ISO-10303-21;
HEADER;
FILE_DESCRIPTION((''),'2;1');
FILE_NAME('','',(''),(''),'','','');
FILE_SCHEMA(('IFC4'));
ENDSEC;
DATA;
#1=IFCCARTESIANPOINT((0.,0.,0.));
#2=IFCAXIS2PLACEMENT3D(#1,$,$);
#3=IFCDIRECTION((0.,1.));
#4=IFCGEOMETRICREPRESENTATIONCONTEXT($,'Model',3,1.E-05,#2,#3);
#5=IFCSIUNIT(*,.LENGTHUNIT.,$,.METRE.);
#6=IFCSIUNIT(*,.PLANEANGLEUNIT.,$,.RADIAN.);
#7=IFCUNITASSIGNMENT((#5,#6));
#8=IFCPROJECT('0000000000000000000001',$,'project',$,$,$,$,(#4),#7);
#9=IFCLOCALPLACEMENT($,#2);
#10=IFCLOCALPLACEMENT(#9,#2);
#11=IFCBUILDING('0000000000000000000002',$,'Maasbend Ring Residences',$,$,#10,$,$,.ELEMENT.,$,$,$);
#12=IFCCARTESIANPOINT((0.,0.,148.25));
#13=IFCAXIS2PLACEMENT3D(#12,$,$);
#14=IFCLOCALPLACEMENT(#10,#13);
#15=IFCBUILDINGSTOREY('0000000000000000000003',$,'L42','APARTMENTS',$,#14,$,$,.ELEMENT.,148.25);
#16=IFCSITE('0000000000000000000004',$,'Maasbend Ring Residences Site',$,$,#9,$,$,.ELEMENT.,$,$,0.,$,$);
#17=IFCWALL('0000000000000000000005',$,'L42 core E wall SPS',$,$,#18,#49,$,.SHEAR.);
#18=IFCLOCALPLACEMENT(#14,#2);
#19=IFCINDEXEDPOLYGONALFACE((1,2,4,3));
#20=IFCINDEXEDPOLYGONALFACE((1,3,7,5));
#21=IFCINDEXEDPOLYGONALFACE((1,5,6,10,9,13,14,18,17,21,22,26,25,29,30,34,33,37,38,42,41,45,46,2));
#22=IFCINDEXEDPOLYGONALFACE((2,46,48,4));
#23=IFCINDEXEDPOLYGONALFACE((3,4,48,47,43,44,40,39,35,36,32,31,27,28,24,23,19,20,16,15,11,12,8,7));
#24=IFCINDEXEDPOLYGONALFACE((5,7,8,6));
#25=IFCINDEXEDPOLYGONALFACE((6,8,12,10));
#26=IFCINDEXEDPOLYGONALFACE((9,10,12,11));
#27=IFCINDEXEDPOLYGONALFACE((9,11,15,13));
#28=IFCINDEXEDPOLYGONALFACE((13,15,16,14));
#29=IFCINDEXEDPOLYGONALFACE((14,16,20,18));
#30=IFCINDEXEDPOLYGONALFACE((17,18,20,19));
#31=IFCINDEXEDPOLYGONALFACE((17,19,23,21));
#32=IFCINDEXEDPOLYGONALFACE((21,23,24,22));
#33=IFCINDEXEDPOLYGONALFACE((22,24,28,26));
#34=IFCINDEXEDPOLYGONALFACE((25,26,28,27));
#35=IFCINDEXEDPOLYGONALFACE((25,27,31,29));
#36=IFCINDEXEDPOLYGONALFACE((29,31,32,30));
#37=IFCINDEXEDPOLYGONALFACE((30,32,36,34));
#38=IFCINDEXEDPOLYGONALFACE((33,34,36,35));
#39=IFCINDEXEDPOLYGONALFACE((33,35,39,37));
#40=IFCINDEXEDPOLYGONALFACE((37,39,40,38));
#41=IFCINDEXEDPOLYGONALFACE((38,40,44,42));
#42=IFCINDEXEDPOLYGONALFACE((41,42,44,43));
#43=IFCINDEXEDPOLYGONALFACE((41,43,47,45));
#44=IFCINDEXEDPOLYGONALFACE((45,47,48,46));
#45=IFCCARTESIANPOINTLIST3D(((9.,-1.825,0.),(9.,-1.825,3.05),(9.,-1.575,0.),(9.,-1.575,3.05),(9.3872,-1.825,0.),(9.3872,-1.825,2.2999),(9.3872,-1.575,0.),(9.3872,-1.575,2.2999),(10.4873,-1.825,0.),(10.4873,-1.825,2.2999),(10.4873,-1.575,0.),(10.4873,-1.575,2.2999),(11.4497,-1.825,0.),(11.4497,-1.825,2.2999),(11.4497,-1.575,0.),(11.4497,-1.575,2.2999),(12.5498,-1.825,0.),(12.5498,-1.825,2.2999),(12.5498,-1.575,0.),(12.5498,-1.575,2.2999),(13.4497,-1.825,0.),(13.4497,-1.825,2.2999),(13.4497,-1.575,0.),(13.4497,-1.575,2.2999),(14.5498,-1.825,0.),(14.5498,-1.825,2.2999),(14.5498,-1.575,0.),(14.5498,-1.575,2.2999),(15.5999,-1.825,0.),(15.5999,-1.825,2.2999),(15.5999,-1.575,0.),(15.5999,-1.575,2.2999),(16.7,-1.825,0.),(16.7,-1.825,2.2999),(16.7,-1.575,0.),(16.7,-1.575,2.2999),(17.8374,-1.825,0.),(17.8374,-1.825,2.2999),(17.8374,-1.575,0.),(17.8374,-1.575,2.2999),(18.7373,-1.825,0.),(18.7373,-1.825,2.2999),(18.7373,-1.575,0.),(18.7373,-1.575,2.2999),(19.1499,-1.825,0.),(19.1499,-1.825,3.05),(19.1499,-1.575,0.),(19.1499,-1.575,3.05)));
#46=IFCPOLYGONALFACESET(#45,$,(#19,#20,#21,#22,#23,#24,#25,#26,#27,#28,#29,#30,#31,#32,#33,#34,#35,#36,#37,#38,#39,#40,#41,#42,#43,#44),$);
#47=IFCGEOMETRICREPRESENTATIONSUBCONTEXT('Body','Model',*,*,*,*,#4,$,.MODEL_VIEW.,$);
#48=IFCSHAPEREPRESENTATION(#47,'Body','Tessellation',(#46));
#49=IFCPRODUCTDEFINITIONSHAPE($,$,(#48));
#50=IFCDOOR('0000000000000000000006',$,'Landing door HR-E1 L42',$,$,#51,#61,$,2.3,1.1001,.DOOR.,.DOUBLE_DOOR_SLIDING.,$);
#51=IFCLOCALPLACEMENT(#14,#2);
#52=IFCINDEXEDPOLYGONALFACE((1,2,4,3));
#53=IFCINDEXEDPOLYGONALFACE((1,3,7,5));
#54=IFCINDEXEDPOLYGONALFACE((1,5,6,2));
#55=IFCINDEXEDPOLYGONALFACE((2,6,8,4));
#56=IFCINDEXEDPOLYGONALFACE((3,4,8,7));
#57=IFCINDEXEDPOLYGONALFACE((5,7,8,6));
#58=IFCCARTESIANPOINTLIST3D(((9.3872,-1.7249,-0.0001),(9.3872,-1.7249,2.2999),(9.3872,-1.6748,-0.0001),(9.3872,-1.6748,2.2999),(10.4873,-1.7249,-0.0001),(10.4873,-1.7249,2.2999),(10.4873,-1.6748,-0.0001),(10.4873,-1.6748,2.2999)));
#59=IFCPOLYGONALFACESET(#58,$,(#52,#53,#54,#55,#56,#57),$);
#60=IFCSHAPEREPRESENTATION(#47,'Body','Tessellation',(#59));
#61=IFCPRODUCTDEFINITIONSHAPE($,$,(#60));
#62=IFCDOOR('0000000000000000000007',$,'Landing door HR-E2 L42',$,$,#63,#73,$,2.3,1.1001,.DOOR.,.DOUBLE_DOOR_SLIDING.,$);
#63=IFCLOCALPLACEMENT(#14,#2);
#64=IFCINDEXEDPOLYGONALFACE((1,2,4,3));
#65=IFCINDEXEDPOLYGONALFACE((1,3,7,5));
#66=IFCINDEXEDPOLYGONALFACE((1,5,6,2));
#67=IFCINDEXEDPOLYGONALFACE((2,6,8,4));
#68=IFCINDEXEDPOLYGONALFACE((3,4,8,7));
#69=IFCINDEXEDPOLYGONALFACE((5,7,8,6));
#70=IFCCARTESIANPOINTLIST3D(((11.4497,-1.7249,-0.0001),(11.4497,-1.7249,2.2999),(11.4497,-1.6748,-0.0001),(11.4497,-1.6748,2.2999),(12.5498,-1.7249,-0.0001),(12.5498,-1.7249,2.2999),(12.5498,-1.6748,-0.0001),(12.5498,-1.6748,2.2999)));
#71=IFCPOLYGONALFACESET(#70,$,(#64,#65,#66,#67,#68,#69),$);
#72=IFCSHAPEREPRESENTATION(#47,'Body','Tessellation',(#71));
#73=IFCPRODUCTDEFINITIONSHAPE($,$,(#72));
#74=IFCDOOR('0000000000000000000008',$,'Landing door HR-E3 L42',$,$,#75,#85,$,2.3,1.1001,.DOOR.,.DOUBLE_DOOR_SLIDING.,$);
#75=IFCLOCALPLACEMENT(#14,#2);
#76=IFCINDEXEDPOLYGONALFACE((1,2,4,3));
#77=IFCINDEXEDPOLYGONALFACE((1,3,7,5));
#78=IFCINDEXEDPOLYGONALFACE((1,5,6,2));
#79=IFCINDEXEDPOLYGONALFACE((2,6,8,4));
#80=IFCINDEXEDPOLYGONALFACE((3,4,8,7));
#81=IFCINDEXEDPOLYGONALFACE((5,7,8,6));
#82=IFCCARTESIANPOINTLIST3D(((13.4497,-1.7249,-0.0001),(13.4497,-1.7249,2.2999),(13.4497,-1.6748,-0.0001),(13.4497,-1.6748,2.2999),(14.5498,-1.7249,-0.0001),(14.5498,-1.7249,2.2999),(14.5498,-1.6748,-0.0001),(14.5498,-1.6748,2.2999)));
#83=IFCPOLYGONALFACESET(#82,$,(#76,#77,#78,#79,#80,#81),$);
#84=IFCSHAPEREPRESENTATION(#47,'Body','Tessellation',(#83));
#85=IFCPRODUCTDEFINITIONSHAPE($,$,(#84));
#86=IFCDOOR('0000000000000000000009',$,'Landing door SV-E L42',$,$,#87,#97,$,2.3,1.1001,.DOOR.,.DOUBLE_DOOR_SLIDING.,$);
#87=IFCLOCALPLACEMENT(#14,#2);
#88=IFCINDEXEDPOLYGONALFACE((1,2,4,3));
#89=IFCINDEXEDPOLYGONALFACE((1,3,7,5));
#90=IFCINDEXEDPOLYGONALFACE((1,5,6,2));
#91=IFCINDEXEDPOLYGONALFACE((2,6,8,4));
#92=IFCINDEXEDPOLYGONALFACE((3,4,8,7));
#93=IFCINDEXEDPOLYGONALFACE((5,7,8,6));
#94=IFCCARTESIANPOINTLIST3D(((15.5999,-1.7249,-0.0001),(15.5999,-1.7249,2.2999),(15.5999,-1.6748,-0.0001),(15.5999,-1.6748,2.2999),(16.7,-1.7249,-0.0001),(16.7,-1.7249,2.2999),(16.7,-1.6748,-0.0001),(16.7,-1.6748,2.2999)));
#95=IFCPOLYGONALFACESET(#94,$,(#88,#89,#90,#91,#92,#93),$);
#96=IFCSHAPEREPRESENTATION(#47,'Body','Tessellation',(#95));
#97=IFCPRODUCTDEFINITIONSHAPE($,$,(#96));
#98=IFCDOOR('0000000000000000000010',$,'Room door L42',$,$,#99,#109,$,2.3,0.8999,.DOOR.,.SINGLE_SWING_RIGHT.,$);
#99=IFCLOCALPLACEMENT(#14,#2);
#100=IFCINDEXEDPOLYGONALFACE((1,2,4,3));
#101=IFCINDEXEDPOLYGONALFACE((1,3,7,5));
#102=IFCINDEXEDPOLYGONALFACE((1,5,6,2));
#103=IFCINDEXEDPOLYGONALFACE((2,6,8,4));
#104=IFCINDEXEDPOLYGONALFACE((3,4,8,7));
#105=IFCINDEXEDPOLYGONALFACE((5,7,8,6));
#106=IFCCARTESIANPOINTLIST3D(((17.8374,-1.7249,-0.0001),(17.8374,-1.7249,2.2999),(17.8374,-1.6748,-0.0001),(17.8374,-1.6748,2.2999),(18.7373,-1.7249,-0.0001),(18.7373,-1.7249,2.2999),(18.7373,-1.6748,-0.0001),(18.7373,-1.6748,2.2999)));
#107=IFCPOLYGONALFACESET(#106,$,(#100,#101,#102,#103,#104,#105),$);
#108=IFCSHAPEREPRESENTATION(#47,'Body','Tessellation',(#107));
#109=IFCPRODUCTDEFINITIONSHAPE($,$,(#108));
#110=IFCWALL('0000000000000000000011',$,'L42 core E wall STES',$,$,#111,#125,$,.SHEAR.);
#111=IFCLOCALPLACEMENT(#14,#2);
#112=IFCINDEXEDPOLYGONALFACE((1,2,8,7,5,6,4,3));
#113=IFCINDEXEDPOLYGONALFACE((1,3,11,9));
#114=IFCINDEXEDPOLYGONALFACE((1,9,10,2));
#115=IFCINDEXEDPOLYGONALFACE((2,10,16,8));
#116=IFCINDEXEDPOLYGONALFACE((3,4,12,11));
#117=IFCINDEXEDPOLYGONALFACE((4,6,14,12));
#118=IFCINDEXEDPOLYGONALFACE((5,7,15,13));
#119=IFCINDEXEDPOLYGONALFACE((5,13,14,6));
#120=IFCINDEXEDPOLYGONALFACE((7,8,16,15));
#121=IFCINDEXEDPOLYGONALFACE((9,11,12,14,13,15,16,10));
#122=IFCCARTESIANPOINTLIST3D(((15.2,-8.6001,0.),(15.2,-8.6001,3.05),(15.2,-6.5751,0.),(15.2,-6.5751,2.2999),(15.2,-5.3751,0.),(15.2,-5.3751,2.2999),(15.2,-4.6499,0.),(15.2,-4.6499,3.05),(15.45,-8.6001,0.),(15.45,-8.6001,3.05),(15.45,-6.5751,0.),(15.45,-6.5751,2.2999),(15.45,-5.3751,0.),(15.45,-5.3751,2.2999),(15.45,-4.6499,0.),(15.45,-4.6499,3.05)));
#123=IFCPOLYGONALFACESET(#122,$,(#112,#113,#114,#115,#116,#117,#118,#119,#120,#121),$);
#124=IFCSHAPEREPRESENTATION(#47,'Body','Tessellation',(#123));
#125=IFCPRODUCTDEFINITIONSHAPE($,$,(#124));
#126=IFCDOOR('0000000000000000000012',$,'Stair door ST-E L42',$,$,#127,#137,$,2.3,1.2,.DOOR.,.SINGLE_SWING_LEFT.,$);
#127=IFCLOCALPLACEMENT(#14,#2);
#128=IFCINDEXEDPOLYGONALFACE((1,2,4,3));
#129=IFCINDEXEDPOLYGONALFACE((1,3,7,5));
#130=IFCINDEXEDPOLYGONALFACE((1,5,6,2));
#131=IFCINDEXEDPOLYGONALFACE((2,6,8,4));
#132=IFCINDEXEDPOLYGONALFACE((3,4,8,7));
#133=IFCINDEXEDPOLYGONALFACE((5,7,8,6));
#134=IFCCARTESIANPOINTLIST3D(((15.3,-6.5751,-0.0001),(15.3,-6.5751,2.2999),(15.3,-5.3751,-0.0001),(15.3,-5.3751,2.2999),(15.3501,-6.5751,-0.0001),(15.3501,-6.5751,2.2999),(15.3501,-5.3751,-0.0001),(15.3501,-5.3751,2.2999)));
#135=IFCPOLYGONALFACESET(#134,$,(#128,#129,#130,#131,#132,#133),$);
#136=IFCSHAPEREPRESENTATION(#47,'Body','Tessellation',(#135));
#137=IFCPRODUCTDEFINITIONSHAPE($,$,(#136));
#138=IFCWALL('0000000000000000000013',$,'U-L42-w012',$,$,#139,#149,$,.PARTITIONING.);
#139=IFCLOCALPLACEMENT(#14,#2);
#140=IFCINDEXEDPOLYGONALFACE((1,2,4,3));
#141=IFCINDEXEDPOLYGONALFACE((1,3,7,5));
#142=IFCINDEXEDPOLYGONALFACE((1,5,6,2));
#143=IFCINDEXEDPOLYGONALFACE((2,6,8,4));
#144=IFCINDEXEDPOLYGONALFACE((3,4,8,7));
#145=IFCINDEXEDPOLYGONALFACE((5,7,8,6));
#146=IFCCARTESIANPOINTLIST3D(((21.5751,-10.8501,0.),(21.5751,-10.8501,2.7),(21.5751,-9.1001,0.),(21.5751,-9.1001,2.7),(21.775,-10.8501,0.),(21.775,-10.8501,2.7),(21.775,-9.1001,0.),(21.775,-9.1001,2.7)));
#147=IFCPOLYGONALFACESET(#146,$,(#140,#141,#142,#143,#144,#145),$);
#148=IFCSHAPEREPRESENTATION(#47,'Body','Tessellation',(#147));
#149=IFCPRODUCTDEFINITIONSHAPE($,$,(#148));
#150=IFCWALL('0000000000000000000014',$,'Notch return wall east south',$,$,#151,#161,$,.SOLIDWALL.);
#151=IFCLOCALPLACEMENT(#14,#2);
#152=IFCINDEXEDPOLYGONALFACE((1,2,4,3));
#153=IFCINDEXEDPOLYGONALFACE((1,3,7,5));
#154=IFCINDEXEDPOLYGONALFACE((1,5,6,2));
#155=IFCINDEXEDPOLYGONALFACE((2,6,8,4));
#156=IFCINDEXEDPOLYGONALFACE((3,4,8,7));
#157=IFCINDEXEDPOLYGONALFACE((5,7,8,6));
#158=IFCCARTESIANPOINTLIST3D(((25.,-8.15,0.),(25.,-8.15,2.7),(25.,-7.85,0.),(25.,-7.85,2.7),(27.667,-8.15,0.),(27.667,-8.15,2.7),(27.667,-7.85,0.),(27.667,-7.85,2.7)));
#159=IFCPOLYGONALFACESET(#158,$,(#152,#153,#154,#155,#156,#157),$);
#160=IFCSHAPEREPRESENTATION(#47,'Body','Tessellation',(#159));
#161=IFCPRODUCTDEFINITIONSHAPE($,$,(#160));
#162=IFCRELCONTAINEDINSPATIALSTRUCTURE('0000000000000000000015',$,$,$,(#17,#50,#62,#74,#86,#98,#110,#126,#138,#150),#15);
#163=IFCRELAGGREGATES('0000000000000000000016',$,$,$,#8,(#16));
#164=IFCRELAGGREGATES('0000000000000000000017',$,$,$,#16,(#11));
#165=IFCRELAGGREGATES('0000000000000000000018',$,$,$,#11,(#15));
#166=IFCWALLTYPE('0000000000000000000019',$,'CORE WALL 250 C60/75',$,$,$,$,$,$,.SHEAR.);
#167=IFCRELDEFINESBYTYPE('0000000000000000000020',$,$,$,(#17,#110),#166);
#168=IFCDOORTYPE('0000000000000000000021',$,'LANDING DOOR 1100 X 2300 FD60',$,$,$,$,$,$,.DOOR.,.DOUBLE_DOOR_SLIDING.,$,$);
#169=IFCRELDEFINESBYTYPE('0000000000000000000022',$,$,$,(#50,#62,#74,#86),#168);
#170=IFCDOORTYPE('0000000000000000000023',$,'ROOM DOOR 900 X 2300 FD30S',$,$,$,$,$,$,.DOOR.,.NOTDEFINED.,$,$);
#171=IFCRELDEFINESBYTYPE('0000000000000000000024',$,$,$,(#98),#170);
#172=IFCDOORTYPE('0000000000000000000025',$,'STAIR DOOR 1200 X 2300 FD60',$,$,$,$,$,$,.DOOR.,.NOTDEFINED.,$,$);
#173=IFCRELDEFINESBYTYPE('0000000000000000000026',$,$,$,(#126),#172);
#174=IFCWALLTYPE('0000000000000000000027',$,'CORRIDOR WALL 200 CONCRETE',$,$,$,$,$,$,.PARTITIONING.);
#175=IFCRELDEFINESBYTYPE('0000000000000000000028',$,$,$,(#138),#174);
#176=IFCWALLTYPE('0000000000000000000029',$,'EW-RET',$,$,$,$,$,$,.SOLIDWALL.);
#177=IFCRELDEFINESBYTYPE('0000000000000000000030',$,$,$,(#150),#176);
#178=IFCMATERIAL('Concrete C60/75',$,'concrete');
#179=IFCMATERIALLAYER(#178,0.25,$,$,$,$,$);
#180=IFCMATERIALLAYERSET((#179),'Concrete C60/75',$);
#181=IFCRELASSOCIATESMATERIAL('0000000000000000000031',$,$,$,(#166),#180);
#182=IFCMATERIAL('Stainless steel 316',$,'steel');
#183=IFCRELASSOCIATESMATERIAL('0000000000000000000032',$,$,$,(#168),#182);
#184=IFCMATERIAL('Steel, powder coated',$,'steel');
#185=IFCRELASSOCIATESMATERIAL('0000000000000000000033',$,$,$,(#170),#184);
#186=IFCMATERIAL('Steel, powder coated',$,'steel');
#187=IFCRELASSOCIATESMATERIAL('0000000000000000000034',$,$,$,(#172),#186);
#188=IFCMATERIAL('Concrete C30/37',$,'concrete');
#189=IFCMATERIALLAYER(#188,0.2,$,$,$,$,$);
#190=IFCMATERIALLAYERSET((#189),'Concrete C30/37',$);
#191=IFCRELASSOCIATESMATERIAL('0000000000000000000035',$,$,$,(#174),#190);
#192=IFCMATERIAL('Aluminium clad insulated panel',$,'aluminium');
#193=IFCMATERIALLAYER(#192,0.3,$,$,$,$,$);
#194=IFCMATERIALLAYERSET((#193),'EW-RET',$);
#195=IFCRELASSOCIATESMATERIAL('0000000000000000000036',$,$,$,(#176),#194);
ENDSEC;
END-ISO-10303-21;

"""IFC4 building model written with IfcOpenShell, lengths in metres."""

from ifc_helpers import new_model, si_unit, direction, frame, frame_2d, origin, place, context, subcontext, project, spatial, rectangle, extrude, material, layer, layer_set, type_object, element, fill, save


model = new_model("IFC4")

# Units and contexts
model_context = context("Model", 3, precision=1e-05, world=origin(), true_north=direction((0.0, 1.0)))
body_context = subcontext(model_context, "Body", "Model", "MODEL_VIEW")
ifc_project = project(units=[si_unit("LENGTHUNIT", "METRE"), si_unit("PLANEANGLEUNIT", "RADIAN")], contexts=[model_context])

# Site, building, storey
site_placement = place(None, origin())
site = spatial("IfcSite", under=ifc_project, at=site_placement, Name="Maasbend Ring Residences Site", CompositionType="ELEMENT", RefElevation=0.0)
building_placement = place(site_placement, origin())
building = spatial("IfcBuilding", under=site, at=building_placement, Name="Maasbend Ring Residences", CompositionType="ELEMENT")
storey_placement = place(building_placement, frame((0.0, 0.0, 148.25)))
storey = spatial("IfcBuildingStorey", under=building, at=storey_placement, Name="L42", Description="APARTMENTS", CompositionType="ELEMENT", Elevation=148.25)

# Wall, openings, doors
ifc_material_1 = material(Name="Concrete C60/75", Category="concrete")
ifc_layer_1 = layer(ifc_material_1, 0.25)
ifc_layer_set_1 = layer_set([ifc_layer_1], Name="Concrete C60/75")
wall_type_1 = type_object("IfcWallType", Name="CORE WALL 250 C60/75", PredefinedType="SHEAR", material=ifc_layer_set_1)
wall_1_placement = place(storey_placement, frame((19.1499, -1.7, 0.0), z_axis=(0.0, 0.0, 1.0), x_axis=(-1.0, 0.0, 0.0)))
wall_1 = element("IfcWall", 1, at=wall_1_placement, inside=storey, type_object=wall_type_1, Name="L42 core E wall SPS", PredefinedType="SHEAR", context=body_context, shape_type="SweptSolid", body=[
    extrude(rectangle(XDim=10.1499, YDim=0.25, at=frame_2d((5.075, 0.0))), origin(), (0.0, 0.0, 1.0), 3.05),
])
opening_1_placement = place(wall_1_placement, frame((8.6626, 0.0, 0.0)))
opening_1 = element("IfcOpeningElement", 2, at=opening_1_placement, cuts=wall_1, PredefinedType="OPENING", context=body_context, shape_type="SweptSolid", body=[
    extrude(rectangle(XDim=1.1001, YDim=2.3, at=frame_2d((0.55, 1.1499))), frame((0.0, 0.135, 0.0), z_axis=(0.0, -1.0, 0.0), x_axis=(1.0, 0.0, 0.0)), (0.0, 0.0, 1.0), 0.27),
])
opening_2_placement = place(wall_1_placement, frame((6.6001, 0.0, 0.0)))
opening_2 = element("IfcOpeningElement", 3, at=opening_2_placement, cuts=wall_1, PredefinedType="OPENING", context=body_context, shape_type="SweptSolid", body=[
    extrude(rectangle(XDim=1.1001, YDim=2.3, at=frame_2d((0.55, 1.1499))), frame((0.0, 0.135, 0.0), z_axis=(0.0, -1.0, 0.0), x_axis=(1.0, 0.0, 0.0)), (0.0, 0.0, 1.0), 0.27),
])
opening_3_placement = place(wall_1_placement, frame((4.6001, 0.0, 0.0)))
opening_3 = element("IfcOpeningElement", 4, at=opening_3_placement, cuts=wall_1, PredefinedType="OPENING", context=body_context, shape_type="SweptSolid", body=[
    extrude(rectangle(XDim=1.1001, YDim=2.3, at=frame_2d((0.55, 1.1499))), frame((0.0, 0.135, 0.0), z_axis=(0.0, -1.0, 0.0), x_axis=(1.0, 0.0, 0.0)), (0.0, 0.0, 1.0), 0.27),
])
opening_4_placement = place(wall_1_placement, frame((2.45, 0.0, 0.0)))
opening_4 = element("IfcOpeningElement", 5, at=opening_4_placement, cuts=wall_1, PredefinedType="OPENING", context=body_context, shape_type="SweptSolid", body=[
    extrude(rectangle(XDim=1.1001, YDim=2.3, at=frame_2d((0.55, 1.1499))), frame((0.0, 0.135, 0.0), z_axis=(0.0, -1.0, 0.0), x_axis=(1.0, 0.0, 0.0)), (0.0, 0.0, 1.0), 0.27),
])
opening_5_placement = place(wall_1_placement, frame((0.4126, 0.0, 0.0)))
opening_5 = element("IfcOpeningElement", 6, at=opening_5_placement, cuts=wall_1, PredefinedType="OPENING", context=body_context, shape_type="SweptSolid", body=[
    extrude(rectangle(XDim=0.8999, YDim=2.3, at=frame_2d((0.45, 1.1499))), frame((0.0, 0.135, 0.0), z_axis=(0.0, -1.0, 0.0), x_axis=(1.0, 0.0, 0.0)), (0.0, 0.0, 1.0), 0.27),
])
ifc_material_2 = material(Name="Stainless steel 316", Category="steel")
door_type_1 = type_object("IfcDoorType", Name="LANDING DOOR 1100 X 2300 FD60", OperationType="DOUBLE_DOOR_SLIDING", PredefinedType="DOOR", material=ifc_material_2)
door_1_placement = place(opening_1_placement, origin())
door_1 = element("IfcDoor", 7, at=door_1_placement, inside=storey, type_object=door_type_1, Name="Landing door HR-E1 L42", OperationType="DOUBLE_DOOR_SLIDING", OverallHeight=2.3, OverallWidth=1.1001, PredefinedType="DOOR", context=body_context, shape_type="SweptSolid", body=[
    extrude(rectangle(XDim=1.1001, YDim=2.3, at=frame_2d((0.55, 1.1499))), frame((0.0, 0.0249, 0.0), z_axis=(0.0, -1.0, 0.0), x_axis=(1.0, 0.0, 0.0)), (0.0, 0.0, 1.0), 0.05),
])
fill(opening_1, door_1)
door_2_placement = place(opening_2_placement, origin())
door_2 = element("IfcDoor", 8, at=door_2_placement, inside=storey, type_object=door_type_1, Name="Landing door HR-E2 L42", OperationType="DOUBLE_DOOR_SLIDING", OverallHeight=2.3, OverallWidth=1.1001, PredefinedType="DOOR", context=body_context, shape_type="SweptSolid", body=[
    extrude(rectangle(XDim=1.1001, YDim=2.3, at=frame_2d((0.55, 1.1499))), frame((0.0, 0.0249, 0.0), z_axis=(0.0, -1.0, 0.0), x_axis=(1.0, 0.0, 0.0)), (0.0, 0.0, 1.0), 0.05),
])
fill(opening_2, door_2)
door_3_placement = place(opening_3_placement, origin())
door_3 = element("IfcDoor", 9, at=door_3_placement, inside=storey, type_object=door_type_1, Name="Landing door HR-E3 L42", OperationType="DOUBLE_DOOR_SLIDING", OverallHeight=2.3, OverallWidth=1.1001, PredefinedType="DOOR", context=body_context, shape_type="SweptSolid", body=[
    extrude(rectangle(XDim=1.1001, YDim=2.3, at=frame_2d((0.55, 1.1499))), frame((0.0, 0.0249, 0.0), z_axis=(0.0, -1.0, 0.0), x_axis=(1.0, 0.0, 0.0)), (0.0, 0.0, 1.0), 0.05),
])
fill(opening_3, door_3)
door_4_placement = place(opening_4_placement, origin())
door_4 = element("IfcDoor", 10, at=door_4_placement, inside=storey, type_object=door_type_1, Name="Landing door SV-E L42", OperationType="DOUBLE_DOOR_SLIDING", OverallHeight=2.3, OverallWidth=1.1001, PredefinedType="DOOR", context=body_context, shape_type="SweptSolid", body=[
    extrude(rectangle(XDim=1.1001, YDim=2.3, at=frame_2d((0.55, 1.1499))), frame((0.0, 0.0249, 0.0), z_axis=(0.0, -1.0, 0.0), x_axis=(1.0, 0.0, 0.0)), (0.0, 0.0, 1.0), 0.05),
])
fill(opening_4, door_4)
ifc_material_3 = material(Name="Steel, powder coated", Category="steel")
door_type_2 = type_object("IfcDoorType", Name="ROOM DOOR 900 X 2300 FD30S", OperationType="NOTDEFINED", PredefinedType="DOOR", material=ifc_material_3)
door_5_placement = place(opening_5_placement, origin())
door_5 = element("IfcDoor", 11, at=door_5_placement, inside=storey, type_object=door_type_2, Name="Room door L42", OperationType="SINGLE_SWING_RIGHT", OverallHeight=2.3, OverallWidth=0.8999, PredefinedType="DOOR", context=body_context, shape_type="SweptSolid", body=[
    extrude(rectangle(XDim=0.8999, YDim=2.3, at=frame_2d((0.45, 1.1499))), frame((0.0, 0.0249, 0.0), z_axis=(0.0, -1.0, 0.0), x_axis=(1.0, 0.0, 0.0)), (0.0, 0.0, 1.0), 0.05),
])
fill(opening_5, door_5)

# Wall, opening, door
wall_2_placement = place(storey_placement, frame((15.325, -8.6001, 0.0), z_axis=(0.0, 0.0, 1.0), x_axis=(0.0, 1.0, 0.0)))
wall_2 = element("IfcWall", 12, at=wall_2_placement, inside=storey, type_object=wall_type_1, Name="L42 core E wall STES", PredefinedType="SHEAR", context=body_context, shape_type="SweptSolid", body=[
    extrude(rectangle(XDim=3.9502, YDim=0.25, at=frame_2d((1.9751, 0.0))), origin(), (0.0, 0.0, 1.0), 3.05),
])
opening_6_placement = place(wall_2_placement, frame((2.0249, 0.0, 0.0)))
opening_6 = element("IfcOpeningElement", 13, at=opening_6_placement, cuts=wall_2, PredefinedType="OPENING", context=body_context, shape_type="SweptSolid", body=[
    extrude(rectangle(XDim=1.2, YDim=2.3, at=frame_2d((0.6001, 1.1499))), frame((0.0, 0.135, 0.0), z_axis=(0.0, -1.0, 0.0), x_axis=(1.0, 0.0, 0.0)), (0.0, 0.0, 1.0), 0.27),
])
ifc_material_4 = material(Name="Steel, powder coated", Category="steel")
door_type_3 = type_object("IfcDoorType", Name="STAIR DOOR 1200 X 2300 FD60", OperationType="NOTDEFINED", PredefinedType="DOOR", material=ifc_material_4)
door_6_placement = place(opening_6_placement, origin())
door_6 = element("IfcDoor", 14, at=door_6_placement, inside=storey, type_object=door_type_3, Name="Stair door ST-E L42", OperationType="SINGLE_SWING_LEFT", OverallHeight=2.3, OverallWidth=1.2, PredefinedType="DOOR", context=body_context, shape_type="SweptSolid", body=[
    extrude(rectangle(XDim=1.2, YDim=2.3, at=frame_2d((0.6001, 1.1499))), frame((0.0, 0.0249, 0.0), z_axis=(0.0, -1.0, 0.0), x_axis=(1.0, 0.0, 0.0)), (0.0, 0.0, 1.0), 0.05),
])
fill(opening_6, door_6)

# Walls
ifc_material_5 = material(Name="Concrete C30/37", Category="concrete")
ifc_layer_2 = layer(ifc_material_5, 0.2)
ifc_layer_set_2 = layer_set([ifc_layer_2], Name="Concrete C30/37")
wall_type_2 = type_object("IfcWallType", Name="CORRIDOR WALL 200 CONCRETE", PredefinedType="PARTITIONING", material=ifc_layer_set_2)
wall_3_placement = place(storey_placement, frame((21.675, -10.8501, 0.0), z_axis=(0.0, 0.0, 1.0), x_axis=(0.0, 1.0, 0.0)))
element("IfcWall", 15, at=wall_3_placement, inside=storey, type_object=wall_type_2, Name="U-L42-w012", PredefinedType="PARTITIONING", context=body_context, shape_type="SweptSolid", body=[
    extrude(rectangle(XDim=1.75, YDim=0.2, at=frame_2d((0.875, 0.0))), origin(), (0.0, 0.0, 1.0), 2.7),
])
ifc_material_6 = material(Name="Aluminium clad insulated panel", Category="aluminium")
ifc_layer_3 = layer(ifc_material_6, 0.3)
ifc_layer_set_3 = layer_set([ifc_layer_3], Name="EW-RET")
wall_type_3 = type_object("IfcWallType", Name="EW-RET", PredefinedType="SOLIDWALL", material=ifc_layer_set_3)
wall_4_placement = place(storey_placement, frame((25.0, -8.0, 0.0), z_axis=(0.0, 0.0, 1.0), x_axis=(1.0, 0.0, 0.0)))
element("IfcWall", 16, at=wall_4_placement, inside=storey, type_object=wall_type_3, Name="Notch return wall east south", PredefinedType="SOLIDWALL", context=body_context, shape_type="SweptSolid", body=[
    extrude(rectangle(XDim=2.667, YDim=0.3, at=frame_2d((1.3335, 0.0))), origin(), (0.0, 0.0, 1.0), 2.7),
])

save(model, "model.ifc")
